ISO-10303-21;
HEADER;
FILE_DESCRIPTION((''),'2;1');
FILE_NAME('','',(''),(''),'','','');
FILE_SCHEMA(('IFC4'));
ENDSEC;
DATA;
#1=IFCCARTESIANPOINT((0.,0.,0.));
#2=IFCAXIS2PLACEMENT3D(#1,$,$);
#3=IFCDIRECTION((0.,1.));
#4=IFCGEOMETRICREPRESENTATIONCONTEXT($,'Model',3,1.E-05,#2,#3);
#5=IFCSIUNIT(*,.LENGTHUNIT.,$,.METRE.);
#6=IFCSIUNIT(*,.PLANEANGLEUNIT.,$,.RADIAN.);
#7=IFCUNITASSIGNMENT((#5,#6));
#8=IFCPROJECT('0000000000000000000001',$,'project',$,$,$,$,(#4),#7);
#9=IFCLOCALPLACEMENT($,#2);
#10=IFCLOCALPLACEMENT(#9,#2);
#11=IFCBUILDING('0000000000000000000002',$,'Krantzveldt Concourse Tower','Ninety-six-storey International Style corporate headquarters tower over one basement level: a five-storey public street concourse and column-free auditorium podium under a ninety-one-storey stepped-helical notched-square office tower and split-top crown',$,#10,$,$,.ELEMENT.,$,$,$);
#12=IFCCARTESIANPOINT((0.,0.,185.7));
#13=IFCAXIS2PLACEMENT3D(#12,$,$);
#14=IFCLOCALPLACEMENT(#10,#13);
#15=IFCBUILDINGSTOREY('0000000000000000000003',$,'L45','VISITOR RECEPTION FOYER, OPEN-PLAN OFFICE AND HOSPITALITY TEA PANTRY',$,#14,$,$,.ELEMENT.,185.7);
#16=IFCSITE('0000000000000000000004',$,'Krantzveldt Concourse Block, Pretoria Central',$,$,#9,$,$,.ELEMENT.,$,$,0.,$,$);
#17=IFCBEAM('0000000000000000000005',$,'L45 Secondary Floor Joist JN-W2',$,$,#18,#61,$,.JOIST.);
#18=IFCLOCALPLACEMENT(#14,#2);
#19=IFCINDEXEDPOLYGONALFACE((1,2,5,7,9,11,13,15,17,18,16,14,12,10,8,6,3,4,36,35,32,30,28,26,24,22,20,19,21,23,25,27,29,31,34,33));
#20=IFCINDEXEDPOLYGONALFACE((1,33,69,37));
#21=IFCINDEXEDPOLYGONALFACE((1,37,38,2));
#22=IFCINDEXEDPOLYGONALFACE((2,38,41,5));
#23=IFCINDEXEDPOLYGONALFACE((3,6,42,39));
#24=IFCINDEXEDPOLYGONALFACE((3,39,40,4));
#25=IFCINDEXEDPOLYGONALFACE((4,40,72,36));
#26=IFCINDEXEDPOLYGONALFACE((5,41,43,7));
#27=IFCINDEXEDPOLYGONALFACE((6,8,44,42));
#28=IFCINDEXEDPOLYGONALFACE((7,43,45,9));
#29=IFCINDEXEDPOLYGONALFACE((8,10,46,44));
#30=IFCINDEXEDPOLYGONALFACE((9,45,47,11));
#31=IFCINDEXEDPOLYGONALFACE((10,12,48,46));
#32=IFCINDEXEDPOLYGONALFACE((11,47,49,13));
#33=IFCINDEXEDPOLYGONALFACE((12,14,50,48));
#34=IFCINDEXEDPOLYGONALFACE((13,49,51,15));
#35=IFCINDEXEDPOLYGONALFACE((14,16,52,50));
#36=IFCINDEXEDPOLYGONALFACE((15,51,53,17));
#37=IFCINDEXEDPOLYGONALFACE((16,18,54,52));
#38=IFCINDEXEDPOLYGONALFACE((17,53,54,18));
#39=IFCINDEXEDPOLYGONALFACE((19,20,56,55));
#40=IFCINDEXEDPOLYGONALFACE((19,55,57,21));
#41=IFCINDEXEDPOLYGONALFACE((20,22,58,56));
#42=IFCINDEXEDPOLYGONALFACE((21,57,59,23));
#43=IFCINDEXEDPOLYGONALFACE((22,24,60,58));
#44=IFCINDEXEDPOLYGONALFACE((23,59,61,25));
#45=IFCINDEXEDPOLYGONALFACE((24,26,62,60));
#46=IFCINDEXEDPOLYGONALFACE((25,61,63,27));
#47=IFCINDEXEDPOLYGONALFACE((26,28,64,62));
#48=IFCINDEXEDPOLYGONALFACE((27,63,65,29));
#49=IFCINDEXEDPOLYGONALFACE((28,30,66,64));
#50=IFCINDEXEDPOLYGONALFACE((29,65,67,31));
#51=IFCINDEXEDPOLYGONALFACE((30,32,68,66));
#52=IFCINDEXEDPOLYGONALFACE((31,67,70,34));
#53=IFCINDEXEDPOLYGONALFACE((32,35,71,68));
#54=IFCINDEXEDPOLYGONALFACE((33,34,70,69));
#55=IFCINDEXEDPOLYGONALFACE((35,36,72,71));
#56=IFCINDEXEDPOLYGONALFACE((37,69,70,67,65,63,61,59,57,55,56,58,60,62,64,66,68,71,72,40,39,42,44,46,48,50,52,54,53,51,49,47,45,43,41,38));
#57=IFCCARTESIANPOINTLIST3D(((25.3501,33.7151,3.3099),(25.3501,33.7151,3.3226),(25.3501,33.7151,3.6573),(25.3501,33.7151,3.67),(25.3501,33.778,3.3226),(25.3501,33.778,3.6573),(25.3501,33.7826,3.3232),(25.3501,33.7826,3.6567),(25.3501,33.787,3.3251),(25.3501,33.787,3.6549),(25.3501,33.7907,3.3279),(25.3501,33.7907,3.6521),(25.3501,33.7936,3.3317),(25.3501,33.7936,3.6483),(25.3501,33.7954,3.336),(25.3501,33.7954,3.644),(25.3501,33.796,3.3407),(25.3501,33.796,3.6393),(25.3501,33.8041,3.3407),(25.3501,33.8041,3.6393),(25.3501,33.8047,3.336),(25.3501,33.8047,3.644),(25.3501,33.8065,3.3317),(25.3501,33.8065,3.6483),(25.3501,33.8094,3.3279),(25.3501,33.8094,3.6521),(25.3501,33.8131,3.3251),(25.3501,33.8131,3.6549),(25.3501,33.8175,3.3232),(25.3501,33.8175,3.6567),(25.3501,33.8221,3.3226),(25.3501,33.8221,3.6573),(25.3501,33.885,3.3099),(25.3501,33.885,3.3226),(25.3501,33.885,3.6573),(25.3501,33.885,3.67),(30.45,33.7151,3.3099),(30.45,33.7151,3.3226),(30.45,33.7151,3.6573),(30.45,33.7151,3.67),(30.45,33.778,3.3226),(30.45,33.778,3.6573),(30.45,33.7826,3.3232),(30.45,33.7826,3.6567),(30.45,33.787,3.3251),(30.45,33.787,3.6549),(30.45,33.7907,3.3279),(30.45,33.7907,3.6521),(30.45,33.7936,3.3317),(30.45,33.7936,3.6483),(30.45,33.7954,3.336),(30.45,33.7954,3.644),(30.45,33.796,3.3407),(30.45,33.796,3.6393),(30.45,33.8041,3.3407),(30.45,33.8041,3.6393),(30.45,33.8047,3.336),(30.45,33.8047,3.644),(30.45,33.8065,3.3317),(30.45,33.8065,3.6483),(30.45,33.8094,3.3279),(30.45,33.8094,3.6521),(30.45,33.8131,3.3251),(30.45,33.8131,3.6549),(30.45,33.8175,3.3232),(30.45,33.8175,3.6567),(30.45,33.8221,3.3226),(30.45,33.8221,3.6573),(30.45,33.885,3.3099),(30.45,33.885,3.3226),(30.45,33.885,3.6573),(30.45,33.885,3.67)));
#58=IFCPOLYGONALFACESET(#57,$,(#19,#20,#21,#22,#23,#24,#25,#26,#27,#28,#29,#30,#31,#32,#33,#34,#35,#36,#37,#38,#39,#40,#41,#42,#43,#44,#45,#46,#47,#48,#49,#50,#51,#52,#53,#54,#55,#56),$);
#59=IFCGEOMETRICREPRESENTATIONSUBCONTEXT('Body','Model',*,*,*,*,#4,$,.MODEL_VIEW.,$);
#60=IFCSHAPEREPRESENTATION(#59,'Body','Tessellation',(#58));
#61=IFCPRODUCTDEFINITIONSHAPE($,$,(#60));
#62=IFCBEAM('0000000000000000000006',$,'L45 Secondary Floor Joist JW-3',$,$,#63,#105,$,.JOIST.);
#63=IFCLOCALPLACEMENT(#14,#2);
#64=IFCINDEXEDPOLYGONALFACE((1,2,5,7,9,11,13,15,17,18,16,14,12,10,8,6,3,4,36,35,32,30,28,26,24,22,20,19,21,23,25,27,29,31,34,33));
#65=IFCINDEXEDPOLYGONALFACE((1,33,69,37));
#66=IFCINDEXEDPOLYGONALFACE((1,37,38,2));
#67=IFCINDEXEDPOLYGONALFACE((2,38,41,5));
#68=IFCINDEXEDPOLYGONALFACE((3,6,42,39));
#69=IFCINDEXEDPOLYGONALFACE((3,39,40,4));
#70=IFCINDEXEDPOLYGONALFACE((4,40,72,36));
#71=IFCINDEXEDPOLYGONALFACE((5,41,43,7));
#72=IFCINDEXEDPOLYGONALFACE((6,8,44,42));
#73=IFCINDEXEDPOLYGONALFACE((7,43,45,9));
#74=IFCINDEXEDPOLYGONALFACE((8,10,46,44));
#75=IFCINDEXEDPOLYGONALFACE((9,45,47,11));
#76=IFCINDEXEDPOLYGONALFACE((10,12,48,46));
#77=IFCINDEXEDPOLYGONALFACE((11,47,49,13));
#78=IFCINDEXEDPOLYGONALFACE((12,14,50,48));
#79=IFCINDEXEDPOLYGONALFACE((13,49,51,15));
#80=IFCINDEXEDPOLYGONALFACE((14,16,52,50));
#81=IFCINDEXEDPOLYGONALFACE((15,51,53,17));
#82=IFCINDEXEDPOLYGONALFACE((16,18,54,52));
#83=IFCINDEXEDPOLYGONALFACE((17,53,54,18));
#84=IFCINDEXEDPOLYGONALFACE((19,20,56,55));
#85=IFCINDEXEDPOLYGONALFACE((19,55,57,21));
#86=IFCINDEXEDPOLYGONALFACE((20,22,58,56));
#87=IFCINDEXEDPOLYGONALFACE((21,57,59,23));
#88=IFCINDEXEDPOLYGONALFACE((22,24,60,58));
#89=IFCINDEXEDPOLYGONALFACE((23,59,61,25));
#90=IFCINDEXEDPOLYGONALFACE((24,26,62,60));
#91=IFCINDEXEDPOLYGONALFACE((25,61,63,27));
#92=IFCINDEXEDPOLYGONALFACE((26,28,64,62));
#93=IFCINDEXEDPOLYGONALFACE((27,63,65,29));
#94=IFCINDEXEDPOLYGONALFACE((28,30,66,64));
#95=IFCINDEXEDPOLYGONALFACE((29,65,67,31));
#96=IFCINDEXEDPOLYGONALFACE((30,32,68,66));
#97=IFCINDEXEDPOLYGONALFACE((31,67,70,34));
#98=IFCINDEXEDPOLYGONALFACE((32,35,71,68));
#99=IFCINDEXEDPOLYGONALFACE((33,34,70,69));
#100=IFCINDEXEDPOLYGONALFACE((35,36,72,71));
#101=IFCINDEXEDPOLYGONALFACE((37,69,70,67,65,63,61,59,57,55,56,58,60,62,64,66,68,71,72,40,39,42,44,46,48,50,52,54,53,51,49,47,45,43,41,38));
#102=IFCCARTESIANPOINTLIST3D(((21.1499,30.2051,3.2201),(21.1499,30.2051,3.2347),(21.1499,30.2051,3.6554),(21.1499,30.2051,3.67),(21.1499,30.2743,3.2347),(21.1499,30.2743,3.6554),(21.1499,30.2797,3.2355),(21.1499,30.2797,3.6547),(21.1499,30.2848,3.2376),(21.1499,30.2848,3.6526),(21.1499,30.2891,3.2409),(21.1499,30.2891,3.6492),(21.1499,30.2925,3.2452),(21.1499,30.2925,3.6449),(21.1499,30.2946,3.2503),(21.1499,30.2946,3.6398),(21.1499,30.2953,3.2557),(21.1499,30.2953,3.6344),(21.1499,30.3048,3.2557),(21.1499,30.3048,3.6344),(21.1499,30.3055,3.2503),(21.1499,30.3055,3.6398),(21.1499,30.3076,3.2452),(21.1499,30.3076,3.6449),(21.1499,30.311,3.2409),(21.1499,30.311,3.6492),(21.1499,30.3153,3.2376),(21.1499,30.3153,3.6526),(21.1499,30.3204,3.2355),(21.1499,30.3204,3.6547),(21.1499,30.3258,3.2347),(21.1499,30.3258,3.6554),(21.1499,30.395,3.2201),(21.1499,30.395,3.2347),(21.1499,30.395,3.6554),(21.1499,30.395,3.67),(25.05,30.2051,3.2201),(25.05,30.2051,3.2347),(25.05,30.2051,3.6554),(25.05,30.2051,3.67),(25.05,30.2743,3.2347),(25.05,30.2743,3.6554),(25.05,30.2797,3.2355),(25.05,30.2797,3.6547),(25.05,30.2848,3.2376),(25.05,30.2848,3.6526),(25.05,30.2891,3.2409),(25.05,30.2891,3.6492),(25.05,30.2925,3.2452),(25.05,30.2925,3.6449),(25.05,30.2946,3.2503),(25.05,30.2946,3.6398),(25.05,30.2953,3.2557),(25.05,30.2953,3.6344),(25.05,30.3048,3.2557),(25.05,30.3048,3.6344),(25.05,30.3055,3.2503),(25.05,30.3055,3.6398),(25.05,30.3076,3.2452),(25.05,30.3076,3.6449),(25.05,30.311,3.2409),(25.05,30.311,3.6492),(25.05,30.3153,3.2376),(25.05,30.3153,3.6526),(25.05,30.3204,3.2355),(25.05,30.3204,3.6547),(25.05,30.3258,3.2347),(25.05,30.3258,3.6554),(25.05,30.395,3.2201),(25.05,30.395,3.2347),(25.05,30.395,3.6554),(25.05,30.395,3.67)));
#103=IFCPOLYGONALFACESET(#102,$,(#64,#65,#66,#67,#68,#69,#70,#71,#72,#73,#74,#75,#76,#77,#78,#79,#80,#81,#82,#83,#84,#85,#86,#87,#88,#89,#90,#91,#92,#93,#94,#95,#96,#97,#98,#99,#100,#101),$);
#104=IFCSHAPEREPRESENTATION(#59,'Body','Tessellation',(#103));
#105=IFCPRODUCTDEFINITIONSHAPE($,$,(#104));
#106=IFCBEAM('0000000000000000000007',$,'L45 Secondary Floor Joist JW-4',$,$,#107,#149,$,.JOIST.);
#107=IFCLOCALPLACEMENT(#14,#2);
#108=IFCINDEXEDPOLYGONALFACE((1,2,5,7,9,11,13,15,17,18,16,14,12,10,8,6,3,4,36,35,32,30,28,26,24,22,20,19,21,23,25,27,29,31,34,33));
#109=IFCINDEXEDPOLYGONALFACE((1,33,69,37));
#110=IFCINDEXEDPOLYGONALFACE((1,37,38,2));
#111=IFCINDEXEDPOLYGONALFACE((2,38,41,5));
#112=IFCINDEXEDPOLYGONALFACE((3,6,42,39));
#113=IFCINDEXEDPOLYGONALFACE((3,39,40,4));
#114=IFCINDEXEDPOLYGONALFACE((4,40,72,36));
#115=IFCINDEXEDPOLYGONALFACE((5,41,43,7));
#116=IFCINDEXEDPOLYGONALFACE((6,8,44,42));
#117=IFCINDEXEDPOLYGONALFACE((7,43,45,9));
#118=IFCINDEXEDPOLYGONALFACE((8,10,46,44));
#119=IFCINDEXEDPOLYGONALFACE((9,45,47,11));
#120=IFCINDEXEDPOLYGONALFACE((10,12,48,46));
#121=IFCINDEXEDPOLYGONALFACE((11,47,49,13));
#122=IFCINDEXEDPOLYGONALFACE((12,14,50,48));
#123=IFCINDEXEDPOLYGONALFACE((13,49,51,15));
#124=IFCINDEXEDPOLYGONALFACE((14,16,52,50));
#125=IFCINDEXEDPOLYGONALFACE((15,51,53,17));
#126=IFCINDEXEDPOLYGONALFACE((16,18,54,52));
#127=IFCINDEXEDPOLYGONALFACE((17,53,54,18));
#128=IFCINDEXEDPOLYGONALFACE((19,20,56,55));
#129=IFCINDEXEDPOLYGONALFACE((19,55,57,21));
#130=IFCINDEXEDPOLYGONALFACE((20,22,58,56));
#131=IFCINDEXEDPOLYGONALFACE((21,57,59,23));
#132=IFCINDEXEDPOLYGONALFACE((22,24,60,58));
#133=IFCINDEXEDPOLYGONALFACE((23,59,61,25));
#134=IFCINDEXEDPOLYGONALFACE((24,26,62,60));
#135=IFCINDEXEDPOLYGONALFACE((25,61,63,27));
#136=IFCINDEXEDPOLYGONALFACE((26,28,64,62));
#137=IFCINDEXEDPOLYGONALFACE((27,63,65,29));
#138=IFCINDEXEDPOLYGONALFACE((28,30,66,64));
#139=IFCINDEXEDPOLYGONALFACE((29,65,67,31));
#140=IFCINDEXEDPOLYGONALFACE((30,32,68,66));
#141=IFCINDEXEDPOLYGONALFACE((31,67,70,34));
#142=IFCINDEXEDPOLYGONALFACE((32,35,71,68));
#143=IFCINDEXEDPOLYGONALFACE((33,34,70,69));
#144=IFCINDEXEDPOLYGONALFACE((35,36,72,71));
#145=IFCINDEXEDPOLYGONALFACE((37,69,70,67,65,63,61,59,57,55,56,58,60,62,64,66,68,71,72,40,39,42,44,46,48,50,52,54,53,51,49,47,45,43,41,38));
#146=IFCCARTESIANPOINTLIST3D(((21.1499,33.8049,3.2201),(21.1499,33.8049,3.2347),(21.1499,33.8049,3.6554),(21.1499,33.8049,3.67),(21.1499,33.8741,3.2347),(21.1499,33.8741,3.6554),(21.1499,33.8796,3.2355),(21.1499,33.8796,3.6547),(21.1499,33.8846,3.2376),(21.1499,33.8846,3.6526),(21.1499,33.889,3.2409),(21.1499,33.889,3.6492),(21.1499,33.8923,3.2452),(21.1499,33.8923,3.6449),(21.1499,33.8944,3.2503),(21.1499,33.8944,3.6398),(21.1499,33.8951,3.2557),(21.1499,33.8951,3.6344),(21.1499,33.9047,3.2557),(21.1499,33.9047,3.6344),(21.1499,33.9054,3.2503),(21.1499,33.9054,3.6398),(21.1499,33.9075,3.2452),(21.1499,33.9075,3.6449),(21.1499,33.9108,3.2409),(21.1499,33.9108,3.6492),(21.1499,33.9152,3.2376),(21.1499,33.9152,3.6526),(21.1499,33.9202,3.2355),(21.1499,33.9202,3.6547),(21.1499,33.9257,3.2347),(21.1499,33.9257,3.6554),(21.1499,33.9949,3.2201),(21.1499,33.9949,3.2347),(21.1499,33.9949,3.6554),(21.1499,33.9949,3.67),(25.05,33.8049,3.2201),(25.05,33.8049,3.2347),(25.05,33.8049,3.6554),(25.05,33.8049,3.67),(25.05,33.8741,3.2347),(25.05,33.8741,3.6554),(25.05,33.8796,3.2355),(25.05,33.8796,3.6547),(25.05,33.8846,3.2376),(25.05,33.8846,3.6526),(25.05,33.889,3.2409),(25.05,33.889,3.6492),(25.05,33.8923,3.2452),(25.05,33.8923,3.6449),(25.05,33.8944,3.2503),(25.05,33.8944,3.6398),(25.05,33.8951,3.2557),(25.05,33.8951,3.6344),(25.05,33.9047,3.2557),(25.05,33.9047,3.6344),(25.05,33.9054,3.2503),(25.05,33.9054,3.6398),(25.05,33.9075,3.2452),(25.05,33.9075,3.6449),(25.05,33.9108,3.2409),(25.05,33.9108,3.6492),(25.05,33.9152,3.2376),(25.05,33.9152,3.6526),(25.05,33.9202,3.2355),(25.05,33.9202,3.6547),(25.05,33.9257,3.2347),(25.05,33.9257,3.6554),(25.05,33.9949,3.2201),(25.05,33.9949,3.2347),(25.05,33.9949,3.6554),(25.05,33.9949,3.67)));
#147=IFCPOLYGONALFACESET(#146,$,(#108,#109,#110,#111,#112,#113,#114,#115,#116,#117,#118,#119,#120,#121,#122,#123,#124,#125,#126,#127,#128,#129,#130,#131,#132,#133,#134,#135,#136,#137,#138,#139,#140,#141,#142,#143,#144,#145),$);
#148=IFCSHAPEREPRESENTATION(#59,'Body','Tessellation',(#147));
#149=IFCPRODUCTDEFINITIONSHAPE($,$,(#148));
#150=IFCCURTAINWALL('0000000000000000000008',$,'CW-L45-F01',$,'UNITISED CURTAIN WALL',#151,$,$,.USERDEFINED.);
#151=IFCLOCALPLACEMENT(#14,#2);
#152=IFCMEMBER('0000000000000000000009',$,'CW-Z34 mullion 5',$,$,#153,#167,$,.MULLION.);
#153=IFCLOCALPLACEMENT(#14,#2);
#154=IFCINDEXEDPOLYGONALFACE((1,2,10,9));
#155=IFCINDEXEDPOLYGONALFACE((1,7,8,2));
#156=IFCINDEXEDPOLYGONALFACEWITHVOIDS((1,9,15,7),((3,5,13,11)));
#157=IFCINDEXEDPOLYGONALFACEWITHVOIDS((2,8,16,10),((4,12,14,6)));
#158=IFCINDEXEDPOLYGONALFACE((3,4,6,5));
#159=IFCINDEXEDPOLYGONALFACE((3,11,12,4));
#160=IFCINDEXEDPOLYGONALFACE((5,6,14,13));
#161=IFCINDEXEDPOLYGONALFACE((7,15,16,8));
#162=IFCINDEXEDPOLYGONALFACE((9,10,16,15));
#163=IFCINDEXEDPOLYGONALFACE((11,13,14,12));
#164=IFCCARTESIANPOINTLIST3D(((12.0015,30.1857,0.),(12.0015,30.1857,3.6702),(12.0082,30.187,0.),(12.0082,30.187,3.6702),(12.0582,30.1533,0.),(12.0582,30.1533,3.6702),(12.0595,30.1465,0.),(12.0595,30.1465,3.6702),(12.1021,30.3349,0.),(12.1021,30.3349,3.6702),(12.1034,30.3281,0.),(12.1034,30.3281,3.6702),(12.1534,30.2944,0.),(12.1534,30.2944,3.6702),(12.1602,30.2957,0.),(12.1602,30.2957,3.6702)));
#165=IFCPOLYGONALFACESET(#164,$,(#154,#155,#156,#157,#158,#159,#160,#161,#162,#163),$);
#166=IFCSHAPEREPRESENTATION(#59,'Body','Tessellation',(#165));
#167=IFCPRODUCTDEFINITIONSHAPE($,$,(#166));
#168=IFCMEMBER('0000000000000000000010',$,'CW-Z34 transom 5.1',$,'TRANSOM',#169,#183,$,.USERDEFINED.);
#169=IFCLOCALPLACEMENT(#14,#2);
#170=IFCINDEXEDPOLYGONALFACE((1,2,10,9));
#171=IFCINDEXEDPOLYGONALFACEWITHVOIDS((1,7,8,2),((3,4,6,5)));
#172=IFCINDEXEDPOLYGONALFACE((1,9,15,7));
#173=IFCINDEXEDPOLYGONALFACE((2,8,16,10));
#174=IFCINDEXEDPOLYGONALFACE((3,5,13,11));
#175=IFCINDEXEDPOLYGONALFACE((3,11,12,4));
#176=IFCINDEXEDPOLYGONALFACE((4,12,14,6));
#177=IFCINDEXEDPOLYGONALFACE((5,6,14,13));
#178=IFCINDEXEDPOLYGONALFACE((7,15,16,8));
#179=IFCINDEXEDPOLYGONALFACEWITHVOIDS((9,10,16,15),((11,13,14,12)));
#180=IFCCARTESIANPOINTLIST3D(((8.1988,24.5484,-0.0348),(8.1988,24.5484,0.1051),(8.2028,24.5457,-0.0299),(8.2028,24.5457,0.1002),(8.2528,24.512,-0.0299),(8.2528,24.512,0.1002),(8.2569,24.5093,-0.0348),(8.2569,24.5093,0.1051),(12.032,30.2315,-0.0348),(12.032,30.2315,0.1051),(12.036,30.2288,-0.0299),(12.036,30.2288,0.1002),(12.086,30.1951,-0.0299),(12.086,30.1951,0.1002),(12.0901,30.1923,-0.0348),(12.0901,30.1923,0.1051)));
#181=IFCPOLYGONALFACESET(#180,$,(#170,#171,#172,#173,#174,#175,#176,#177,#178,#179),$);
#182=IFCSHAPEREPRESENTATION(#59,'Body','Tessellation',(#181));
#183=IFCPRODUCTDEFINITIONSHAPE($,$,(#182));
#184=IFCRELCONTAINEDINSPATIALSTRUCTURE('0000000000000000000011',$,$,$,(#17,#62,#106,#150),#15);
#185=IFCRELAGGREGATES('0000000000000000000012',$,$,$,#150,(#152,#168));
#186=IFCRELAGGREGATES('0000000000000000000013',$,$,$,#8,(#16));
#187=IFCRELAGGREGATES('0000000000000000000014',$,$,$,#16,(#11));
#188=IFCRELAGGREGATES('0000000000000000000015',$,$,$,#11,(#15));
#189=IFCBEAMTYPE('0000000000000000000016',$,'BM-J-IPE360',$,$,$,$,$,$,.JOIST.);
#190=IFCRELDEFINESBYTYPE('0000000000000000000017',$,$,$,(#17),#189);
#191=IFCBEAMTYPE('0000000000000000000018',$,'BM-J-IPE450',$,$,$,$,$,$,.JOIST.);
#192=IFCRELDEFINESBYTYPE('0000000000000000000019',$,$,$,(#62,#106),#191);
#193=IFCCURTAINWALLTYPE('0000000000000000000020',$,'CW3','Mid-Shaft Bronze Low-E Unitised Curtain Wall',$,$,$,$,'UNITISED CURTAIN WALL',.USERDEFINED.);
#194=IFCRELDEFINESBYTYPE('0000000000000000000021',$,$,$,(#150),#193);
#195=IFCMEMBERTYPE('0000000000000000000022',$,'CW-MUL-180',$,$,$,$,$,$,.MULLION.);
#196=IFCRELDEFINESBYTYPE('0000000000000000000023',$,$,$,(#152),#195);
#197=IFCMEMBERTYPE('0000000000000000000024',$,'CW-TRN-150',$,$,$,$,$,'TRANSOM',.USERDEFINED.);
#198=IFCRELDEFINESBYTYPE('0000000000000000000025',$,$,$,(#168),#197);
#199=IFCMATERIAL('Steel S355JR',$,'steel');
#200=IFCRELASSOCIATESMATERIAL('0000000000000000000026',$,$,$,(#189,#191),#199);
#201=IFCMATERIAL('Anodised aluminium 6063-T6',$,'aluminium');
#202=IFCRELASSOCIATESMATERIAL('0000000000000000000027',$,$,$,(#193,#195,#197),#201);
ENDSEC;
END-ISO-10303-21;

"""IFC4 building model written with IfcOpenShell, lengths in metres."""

from ifc_helpers import new_model, si_unit, direction, frame, origin, origin_2d, place, context, subcontext, project, spatial, hollow_rectangle, i_section, extrude, source, transform, mapped, material, material_profile, profile_set, type_object, type_shapes, element, aggregate, save


model = new_model("IFC4")

# Units and contexts
model_context = context("Model", 3, precision=1e-05, world=origin(), true_north=direction((0.0, 1.0)))
body_context = subcontext(model_context, "Body", "Model", "MODEL_VIEW")
ifc_project = project(units=[si_unit("LENGTHUNIT", "METRE"), si_unit("PLANEANGLEUNIT", "RADIAN")], contexts=[model_context])

# Site, building, storey
site_placement = place(None, origin())
site = spatial("IfcSite", under=ifc_project, at=site_placement, Name="Krantzveldt Concourse Block, Pretoria Central", CompositionType="ELEMENT", RefElevation=0.0)
building_placement = place(site_placement, origin())
building = spatial("IfcBuilding", under=site, at=building_placement, Name="Krantzveldt Concourse Tower", Description="Ninety-six-storey International Style corporate headquarters tower over one basement level: a five-storey public street concourse and column-free auditorium podium under a ninety-one-storey stepped-helical notched-square office tower and split-top crown", CompositionType="ELEMENT")
storey_placement = place(building_placement, frame((0.0, 0.0, 185.7)))
storey = spatial("IfcBuildingStorey", under=building, at=storey_placement, Name="L45", Description="VISITOR RECEPTION FOYER, OPEN-PLAN OFFICE AND HOSPITALITY TEA PANTRY", CompositionType="ELEMENT", Elevation=185.7)

# Beams
ifc_material_1 = material(Name="Steel S355JR", Category="steel")
ifc_material_profile_1 = material_profile(ifc_material_1, i_section(OverallWidth=0.1699, OverallDepth=0.3601, WebThickness=0.0081, FlangeThickness=0.0127, FilletRadius=0.0181, at=origin_2d()), Name="Steel S355JR", Category="steel")
ifc_profile_set_1 = profile_set([ifc_material_profile_1], Name="Steel S355JR - IPE 360")
beam_type_1 = type_object("IfcBeamType", Name="BM-J-IPE360", PredefinedType="JOIST", material=ifc_profile_set_1)
shared_shape_1 = source(origin(), body_context, "Body", "SweptSolid", [
    extrude(i_section(OverallWidth=0.1699, OverallDepth=0.3601, WebThickness=0.0081, FlangeThickness=0.0127, FilletRadius=0.0181, at=origin_2d()), origin(), (0.0, 0.0, 1.0), 5.0999),
])
type_shapes(beam_type_1, [shared_shape_1])
for number, where, z_axis, x_axis, name in (
    (1, (25.3501, 33.8, 3.49), (1.0, 0.0, 0.0), (0.0, 1.0, 0.0), "L45 Secondary Floor Joist JN-W2"),
):
    element("IfcBeam", number, at=place(storey_placement, frame(where, z_axis=z_axis, x_axis=x_axis)), inside=storey, type_object=beam_type_1, Name=name, PredefinedType="JOIST", context=body_context, shape_type="MappedRepresentation", body=[
        mapped(shared_shape_1, transform((0.0, 0.0, 0.0), x_axis=(1.0, 0.0, 0.0), y_axis=(0.0, 1.0, 0.0), z_axis=(0.0, 0.0, 1.0), scale=1.0)),
    ])
ifc_material_profile_2 = material_profile(ifc_material_1, i_section(OverallWidth=0.1899, OverallDepth=0.45, WebThickness=0.0095, FlangeThickness=0.0146, FilletRadius=0.021, at=origin_2d()), Name="Steel S355JR", Category="steel")
ifc_profile_set_2 = profile_set([ifc_material_profile_2], Name="Steel S355JR - IPE 450")
beam_type_2 = type_object("IfcBeamType", Name="BM-J-IPE450", PredefinedType="JOIST", material=ifc_profile_set_2)
shared_shape_2 = source(origin(), body_context, "Body", "SweptSolid", [
    extrude(i_section(OverallWidth=0.1899, OverallDepth=0.45, WebThickness=0.0095, FlangeThickness=0.0146, FilletRadius=0.021, at=origin_2d()), origin(), (0.0, 0.0, 1.0), 3.9001),
])
type_shapes(beam_type_2, [shared_shape_2])
for number, where, z_axis, x_axis, name in (
    (2, (21.1499, 30.3, 3.4451), (1.0, 0.0, 0.0), (0.0, 1.0, 0.0), "L45 Secondary Floor Joist JW-3"),
    (3, (21.1499, 33.8999, 3.4451), (1.0, 0.0, 0.0), (0.0, 1.0, 0.0), "L45 Secondary Floor Joist JW-4"),
):
    element("IfcBeam", number, at=place(storey_placement, frame(where, z_axis=z_axis, x_axis=x_axis)), inside=storey, type_object=beam_type_2, Name=name, PredefinedType="JOIST", context=body_context, shape_type="MappedRepresentation", body=[
        mapped(shared_shape_2, transform((0.0, 0.0, 0.0), x_axis=(1.0, 0.0, 0.0), y_axis=(0.0, 1.0, 0.0), z_axis=(0.0, 0.0, 1.0), scale=1.0)),
    ])

# Curtain wall, members
ifc_material_2 = material(Name="Anodised aluminium 6063-T6", Category="aluminium")
curtain_wall_type = type_object("IfcCurtainWallType", Name="CW3", Description="Mid-Shaft Bronze Low-E Unitised Curtain Wall", ElementType="UNITISED CURTAIN WALL", PredefinedType="USERDEFINED", material=ifc_material_2)
curtain_wall_placement = place(storey_placement, origin())
curtain_wall = element("IfcCurtainWall", 4, at=curtain_wall_placement, inside=storey, type_object=curtain_wall_type, Name="CW-L45-F01", ObjectType="UNITISED CURTAIN WALL", PredefinedType="USERDEFINED")
ifc_material_profile_3 = material_profile(ifc_material_2, hollow_rectangle(XDim=0.0701, YDim=0.1799, WallThickness=0.0049, at=origin_2d()), Name="Anodised aluminium 6063-T6", Category="aluminium")
ifc_profile_set_3 = profile_set([ifc_material_profile_3], Name="Anodised aluminium 6063-T6 - ALU-MULL 180x70x5")
member_type_1 = type_object("IfcMemberType", Name="CW-MUL-180", PredefinedType="MULLION", material=ifc_profile_set_3)
shared_shape_3 = source(origin(), body_context, "Body", "SweptSolid", [
    extrude(hollow_rectangle(XDim=0.0701, YDim=0.1799, WallThickness=0.0049, at=origin_2d()), origin(), (0.0, 0.0, 1.0), 3.6702),
])
type_shapes(member_type_1, [shared_shape_3])
member_1_placement = place(storey_placement, frame((12.0808, 30.2407, 0.0), z_axis=(0.0, 0.0, 1.0), x_axis=(0.829038, -0.559193, 0.0)))
member_1 = element("IfcMember", 5, at=member_1_placement, type_object=member_type_1, Name="CW-Z34 mullion 5", PredefinedType="MULLION", context=body_context, shape_type="MappedRepresentation", body=[
    mapped(shared_shape_3, transform((0.0, 0.0, 0.0), x_axis=(1.0, 0.0, 0.0), y_axis=(0.0, 1.0, 0.0), z_axis=(0.0, 0.0, 1.0), scale=1.0)),
])
ifc_material_profile_4 = material_profile(ifc_material_2, hollow_rectangle(XDim=0.0701, YDim=0.1399, WallThickness=0.0049, at=origin_2d()), Name="Anodised aluminium 6063-T6", Category="aluminium")
ifc_profile_set_4 = profile_set([ifc_material_profile_4], Name="Anodised aluminium 6063-T6 - ALU-TRAN 140x70x5")
member_type_2 = type_object("IfcMemberType", Name="CW-TRN-150", ElementType="TRANSOM", PredefinedType="USERDEFINED", material=ifc_profile_set_4)
shared_shape_4 = source(origin(), body_context, "Body", "SweptSolid", [
    extrude(hollow_rectangle(XDim=0.0701, YDim=0.1399, WallThickness=0.0049, at=origin_2d()), origin(), (0.0, 0.0, 1.0), 6.855),
])
type_shapes(member_type_2, [shared_shape_4])
member_2_placement = place(storey_placement, frame((12.061, 30.2119, 0.0352), z_axis=(-0.559188, -0.829041, 0.0), x_axis=(0.829041, -0.559188, 0.0)))
member_2 = element("IfcMember", 6, at=member_2_placement, type_object=member_type_2, Name="CW-Z34 transom 5.1", ObjectType="TRANSOM", PredefinedType="USERDEFINED", context=body_context, shape_type="MappedRepresentation", body=[
    mapped(shared_shape_4, transform((0.0, 0.0, 0.0), x_axis=(1.0, 0.0, 0.0), y_axis=(0.0, 1.0, 0.0), z_axis=(0.0, 0.0, 1.0), scale=1.0)),
])
aggregate(curtain_wall, [member_1, member_2])

save(model, "model.ifc")
